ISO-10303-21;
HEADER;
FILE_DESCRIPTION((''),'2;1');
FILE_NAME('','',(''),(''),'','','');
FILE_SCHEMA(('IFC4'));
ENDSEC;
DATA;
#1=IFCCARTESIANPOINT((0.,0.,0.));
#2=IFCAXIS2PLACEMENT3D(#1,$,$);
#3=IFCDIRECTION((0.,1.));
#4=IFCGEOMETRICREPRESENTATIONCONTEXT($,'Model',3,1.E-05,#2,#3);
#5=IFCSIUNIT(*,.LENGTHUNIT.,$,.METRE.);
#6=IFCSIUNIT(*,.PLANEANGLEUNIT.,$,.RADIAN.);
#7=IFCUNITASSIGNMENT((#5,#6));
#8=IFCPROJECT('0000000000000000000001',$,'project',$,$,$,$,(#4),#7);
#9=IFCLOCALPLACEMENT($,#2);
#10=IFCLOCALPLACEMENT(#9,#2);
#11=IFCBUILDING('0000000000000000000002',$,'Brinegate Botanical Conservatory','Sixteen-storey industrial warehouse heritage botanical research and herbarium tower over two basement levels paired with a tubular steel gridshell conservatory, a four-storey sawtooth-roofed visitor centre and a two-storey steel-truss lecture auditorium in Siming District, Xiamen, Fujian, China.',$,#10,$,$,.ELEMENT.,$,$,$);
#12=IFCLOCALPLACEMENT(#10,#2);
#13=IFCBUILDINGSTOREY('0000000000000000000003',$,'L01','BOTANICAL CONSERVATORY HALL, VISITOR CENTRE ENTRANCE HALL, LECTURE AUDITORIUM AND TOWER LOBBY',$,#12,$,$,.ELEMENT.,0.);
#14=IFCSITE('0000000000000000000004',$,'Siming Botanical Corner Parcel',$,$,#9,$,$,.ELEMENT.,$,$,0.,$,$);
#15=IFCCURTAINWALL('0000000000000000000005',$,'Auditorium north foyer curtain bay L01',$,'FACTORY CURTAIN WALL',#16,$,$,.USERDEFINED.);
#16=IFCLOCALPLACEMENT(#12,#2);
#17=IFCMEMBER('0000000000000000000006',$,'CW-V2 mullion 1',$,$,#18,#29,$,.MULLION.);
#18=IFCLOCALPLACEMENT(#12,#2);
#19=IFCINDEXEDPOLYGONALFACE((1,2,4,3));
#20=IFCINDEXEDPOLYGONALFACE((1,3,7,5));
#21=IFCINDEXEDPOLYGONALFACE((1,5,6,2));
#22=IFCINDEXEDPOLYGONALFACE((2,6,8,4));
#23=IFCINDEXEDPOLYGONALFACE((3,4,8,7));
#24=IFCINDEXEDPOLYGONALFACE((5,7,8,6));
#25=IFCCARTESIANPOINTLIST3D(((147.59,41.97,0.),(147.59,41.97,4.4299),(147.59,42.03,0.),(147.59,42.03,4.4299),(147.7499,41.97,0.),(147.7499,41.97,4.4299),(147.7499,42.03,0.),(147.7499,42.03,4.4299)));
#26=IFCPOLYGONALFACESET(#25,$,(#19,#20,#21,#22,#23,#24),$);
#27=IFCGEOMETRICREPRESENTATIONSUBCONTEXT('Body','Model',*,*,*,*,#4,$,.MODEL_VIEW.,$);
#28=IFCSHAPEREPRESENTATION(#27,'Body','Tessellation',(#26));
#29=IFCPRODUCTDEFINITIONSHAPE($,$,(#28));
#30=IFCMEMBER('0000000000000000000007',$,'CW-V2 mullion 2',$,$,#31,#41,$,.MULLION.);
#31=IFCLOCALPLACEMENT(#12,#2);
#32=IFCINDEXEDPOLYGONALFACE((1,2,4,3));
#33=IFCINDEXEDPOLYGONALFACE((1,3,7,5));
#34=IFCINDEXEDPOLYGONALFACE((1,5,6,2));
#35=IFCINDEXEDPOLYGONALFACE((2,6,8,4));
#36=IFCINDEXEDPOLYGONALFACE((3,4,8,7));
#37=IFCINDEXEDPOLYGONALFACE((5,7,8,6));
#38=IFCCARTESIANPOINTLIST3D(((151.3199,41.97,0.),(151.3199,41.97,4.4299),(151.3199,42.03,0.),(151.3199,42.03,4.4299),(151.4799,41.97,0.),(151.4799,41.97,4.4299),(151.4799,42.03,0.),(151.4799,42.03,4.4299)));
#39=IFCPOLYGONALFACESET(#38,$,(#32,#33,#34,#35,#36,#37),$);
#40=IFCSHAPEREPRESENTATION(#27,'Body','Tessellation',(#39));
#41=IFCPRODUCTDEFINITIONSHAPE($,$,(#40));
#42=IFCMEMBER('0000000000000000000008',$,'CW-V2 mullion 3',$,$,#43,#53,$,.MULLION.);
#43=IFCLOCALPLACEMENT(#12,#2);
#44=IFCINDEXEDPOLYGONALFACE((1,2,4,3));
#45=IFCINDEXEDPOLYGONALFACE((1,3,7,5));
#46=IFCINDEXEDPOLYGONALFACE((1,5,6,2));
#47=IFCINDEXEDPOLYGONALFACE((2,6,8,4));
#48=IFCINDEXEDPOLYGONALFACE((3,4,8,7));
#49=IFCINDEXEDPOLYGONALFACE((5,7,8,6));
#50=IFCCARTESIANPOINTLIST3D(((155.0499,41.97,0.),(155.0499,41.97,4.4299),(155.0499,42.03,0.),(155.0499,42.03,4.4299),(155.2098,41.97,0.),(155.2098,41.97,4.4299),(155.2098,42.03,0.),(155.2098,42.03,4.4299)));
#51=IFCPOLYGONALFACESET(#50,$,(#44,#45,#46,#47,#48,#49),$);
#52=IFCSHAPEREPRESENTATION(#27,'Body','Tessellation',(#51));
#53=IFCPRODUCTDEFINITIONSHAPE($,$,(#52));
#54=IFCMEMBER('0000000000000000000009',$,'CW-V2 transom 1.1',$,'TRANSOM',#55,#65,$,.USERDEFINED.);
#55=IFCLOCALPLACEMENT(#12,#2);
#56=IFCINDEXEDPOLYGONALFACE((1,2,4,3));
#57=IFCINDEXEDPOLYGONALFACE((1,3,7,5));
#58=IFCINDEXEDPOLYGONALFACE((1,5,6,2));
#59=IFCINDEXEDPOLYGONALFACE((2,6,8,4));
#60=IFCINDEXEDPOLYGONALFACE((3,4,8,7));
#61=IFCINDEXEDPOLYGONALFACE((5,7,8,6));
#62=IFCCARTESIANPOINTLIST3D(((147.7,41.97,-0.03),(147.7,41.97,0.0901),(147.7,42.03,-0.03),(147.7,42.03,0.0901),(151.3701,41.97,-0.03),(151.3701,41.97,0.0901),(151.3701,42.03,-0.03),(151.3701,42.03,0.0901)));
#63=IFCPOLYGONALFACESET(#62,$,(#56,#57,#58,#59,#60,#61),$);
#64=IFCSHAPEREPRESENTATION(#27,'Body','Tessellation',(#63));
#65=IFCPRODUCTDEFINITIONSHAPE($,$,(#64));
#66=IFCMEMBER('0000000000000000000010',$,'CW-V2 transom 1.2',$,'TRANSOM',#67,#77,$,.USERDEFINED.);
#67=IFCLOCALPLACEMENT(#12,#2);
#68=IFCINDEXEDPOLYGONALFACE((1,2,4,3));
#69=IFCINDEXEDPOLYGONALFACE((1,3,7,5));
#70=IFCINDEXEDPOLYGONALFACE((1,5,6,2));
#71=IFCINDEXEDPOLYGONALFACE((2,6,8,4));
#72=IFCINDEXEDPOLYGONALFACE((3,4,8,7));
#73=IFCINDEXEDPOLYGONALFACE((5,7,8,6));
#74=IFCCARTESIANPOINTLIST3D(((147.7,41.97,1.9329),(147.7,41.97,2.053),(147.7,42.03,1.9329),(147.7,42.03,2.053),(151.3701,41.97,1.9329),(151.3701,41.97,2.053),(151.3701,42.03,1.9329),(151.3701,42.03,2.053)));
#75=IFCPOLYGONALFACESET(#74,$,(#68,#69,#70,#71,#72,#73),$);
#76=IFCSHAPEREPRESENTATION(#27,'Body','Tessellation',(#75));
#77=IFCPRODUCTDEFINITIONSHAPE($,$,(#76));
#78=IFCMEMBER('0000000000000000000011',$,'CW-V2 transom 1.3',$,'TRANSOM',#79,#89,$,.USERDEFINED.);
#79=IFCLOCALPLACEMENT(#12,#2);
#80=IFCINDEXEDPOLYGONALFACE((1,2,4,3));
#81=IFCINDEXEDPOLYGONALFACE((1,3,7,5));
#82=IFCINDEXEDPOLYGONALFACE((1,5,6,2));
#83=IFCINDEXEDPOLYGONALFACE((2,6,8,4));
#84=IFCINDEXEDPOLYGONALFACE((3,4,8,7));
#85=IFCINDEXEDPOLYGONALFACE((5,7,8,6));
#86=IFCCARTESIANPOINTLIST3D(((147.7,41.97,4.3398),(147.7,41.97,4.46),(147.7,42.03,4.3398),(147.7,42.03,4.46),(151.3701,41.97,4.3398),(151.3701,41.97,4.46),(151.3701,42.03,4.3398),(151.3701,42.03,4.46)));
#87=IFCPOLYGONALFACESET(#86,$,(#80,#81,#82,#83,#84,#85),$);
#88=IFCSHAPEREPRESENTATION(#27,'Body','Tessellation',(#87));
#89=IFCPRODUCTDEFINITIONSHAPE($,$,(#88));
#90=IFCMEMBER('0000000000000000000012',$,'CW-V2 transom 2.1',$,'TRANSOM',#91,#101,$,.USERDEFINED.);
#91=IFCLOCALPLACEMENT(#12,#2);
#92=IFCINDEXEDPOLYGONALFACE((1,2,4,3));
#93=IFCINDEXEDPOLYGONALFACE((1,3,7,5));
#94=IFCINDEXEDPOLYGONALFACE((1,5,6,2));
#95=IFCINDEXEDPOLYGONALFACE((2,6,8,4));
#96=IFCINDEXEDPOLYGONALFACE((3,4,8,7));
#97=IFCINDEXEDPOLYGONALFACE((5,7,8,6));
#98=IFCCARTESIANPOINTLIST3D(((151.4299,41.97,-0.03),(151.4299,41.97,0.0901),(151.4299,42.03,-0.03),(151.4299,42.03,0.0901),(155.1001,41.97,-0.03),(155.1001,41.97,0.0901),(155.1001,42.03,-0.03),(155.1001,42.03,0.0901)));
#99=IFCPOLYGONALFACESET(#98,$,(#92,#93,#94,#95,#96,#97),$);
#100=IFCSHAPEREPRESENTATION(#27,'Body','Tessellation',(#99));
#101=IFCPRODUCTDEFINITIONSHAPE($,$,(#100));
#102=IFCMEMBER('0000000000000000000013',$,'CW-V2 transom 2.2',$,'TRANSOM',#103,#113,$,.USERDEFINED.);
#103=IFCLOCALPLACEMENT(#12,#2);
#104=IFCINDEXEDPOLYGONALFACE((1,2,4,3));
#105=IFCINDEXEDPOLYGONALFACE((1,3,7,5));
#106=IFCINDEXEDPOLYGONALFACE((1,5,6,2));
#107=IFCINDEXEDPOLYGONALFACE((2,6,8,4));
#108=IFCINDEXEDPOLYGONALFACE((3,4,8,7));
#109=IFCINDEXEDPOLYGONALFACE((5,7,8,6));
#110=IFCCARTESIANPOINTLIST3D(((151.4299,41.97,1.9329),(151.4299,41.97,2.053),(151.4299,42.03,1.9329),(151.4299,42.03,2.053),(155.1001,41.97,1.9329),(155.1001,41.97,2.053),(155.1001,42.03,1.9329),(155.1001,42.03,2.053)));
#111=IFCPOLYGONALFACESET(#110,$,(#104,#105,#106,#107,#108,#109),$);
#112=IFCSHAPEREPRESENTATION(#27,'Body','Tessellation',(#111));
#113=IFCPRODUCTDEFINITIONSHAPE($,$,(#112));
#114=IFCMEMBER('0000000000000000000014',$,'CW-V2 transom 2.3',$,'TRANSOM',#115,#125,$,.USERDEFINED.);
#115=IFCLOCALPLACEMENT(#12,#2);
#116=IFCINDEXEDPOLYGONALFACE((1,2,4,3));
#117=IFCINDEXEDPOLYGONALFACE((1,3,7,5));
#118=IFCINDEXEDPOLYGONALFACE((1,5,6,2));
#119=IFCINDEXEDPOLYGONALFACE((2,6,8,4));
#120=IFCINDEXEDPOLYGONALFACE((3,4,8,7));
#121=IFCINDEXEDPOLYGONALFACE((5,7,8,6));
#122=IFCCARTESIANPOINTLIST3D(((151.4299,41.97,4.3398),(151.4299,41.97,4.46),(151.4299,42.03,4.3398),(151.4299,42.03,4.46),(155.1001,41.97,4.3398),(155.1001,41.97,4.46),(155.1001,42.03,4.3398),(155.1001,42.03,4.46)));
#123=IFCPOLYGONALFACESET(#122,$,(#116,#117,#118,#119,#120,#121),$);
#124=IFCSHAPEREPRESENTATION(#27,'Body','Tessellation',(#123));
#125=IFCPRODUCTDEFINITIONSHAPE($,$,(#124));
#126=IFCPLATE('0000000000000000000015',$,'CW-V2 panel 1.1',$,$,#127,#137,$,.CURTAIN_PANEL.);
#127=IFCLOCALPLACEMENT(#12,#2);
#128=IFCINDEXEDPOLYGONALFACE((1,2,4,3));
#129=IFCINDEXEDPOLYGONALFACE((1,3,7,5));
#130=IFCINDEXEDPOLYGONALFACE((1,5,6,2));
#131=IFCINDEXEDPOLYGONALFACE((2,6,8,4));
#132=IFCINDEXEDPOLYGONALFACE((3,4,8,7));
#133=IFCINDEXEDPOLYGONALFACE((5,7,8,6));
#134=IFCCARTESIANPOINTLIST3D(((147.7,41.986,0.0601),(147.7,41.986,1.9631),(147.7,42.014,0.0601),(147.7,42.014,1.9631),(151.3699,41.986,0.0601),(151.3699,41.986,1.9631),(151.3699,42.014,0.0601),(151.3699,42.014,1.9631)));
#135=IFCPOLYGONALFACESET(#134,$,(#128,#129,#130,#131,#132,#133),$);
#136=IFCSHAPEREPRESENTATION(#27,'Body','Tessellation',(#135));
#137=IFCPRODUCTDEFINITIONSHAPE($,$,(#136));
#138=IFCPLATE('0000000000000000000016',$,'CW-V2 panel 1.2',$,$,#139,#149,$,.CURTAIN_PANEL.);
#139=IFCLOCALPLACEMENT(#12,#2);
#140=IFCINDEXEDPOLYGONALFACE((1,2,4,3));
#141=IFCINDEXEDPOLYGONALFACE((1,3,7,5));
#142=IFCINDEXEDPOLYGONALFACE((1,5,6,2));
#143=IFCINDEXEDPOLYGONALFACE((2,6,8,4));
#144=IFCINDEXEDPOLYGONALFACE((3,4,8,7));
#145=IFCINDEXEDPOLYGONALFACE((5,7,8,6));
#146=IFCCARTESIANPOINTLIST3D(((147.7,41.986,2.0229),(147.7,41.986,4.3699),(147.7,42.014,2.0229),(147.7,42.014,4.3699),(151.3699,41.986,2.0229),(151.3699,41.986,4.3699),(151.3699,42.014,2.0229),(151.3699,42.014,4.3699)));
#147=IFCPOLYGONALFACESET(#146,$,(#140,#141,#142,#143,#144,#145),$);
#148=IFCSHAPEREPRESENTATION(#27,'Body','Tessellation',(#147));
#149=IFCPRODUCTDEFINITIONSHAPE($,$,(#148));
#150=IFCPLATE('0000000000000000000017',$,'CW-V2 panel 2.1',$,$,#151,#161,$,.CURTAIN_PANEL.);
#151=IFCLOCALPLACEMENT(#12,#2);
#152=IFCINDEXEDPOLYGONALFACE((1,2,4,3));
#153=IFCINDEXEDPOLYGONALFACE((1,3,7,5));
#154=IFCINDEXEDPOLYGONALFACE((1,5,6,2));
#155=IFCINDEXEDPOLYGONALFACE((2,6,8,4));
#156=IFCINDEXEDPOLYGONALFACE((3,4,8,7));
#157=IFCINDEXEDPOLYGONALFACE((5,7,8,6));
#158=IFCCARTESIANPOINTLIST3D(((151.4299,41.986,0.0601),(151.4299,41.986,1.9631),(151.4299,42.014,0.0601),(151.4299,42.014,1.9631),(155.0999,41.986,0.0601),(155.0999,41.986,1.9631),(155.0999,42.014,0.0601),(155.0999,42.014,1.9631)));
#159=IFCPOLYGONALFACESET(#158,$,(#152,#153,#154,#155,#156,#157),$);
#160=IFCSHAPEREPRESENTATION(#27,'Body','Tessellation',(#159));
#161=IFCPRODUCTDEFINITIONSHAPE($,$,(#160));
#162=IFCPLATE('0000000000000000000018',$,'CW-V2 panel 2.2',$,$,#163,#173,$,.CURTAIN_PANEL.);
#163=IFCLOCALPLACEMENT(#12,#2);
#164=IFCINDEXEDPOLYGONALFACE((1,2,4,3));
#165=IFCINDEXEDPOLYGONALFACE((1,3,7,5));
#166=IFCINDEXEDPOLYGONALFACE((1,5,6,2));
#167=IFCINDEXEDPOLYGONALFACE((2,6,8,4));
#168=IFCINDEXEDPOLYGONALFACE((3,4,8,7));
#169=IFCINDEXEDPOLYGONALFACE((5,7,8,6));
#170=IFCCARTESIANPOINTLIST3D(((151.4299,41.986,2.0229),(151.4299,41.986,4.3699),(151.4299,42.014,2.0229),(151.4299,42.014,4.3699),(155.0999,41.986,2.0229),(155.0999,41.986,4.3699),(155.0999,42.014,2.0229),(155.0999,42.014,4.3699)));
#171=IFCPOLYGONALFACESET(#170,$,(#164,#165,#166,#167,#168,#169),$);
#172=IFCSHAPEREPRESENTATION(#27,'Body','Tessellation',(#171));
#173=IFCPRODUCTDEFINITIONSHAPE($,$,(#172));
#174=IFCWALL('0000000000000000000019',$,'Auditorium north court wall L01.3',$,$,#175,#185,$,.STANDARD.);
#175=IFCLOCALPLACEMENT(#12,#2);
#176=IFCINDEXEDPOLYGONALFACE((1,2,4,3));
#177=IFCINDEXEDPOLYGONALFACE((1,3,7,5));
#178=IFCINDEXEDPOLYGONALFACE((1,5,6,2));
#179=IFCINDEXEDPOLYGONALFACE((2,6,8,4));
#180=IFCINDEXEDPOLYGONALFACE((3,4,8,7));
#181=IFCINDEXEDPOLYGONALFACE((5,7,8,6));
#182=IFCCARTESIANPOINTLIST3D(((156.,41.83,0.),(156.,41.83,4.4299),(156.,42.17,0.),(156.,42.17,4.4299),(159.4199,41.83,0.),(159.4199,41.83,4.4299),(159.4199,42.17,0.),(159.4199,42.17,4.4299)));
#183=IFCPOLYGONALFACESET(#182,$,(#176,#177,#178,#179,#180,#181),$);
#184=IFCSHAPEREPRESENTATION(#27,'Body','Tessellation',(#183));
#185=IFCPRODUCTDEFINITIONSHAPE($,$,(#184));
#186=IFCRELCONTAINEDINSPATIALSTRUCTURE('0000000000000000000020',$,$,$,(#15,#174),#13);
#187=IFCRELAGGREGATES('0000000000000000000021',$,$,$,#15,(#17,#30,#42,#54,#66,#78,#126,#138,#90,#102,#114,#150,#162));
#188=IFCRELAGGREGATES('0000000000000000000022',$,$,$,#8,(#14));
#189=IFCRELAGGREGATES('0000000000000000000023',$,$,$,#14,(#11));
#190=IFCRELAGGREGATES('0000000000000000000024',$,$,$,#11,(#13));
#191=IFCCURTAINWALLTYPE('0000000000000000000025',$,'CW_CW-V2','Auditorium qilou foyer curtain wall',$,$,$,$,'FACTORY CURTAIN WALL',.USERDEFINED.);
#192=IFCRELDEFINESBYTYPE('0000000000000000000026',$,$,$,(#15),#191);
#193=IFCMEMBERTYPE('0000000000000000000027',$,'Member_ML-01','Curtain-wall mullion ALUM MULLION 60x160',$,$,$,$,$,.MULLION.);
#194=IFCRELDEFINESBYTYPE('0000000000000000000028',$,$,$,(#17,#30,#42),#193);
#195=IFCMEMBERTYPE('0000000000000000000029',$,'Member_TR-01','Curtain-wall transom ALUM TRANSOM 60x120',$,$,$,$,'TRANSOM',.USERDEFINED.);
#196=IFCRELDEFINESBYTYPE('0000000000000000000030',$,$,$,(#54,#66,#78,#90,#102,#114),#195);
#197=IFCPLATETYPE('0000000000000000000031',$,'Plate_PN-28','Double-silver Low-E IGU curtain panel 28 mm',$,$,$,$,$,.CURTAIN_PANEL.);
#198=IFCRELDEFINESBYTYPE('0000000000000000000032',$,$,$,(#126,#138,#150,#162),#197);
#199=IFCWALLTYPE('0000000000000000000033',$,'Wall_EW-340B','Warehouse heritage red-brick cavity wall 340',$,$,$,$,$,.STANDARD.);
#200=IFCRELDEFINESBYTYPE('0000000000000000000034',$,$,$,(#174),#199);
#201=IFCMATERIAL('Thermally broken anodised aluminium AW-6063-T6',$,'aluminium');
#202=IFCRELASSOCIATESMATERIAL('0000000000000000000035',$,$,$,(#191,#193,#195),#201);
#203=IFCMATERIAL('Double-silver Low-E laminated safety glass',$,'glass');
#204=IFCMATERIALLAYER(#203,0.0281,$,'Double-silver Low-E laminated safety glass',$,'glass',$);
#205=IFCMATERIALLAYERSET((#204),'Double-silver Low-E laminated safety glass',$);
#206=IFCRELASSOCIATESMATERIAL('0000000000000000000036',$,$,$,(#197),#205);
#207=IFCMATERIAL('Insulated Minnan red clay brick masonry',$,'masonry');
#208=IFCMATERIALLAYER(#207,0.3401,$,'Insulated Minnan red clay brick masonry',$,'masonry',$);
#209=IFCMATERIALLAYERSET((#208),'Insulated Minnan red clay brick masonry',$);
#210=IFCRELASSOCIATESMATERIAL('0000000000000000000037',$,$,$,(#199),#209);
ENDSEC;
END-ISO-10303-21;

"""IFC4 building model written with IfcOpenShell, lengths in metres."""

from ifc_helpers import new_model, si_unit, direction, frame, frame_2d, origin, origin_2d, place, context, subcontext, project, spatial, rectangle, extrude, material, layer, layer_set, material_profile, profile_set, type_object, element, aggregate, save


model = new_model("IFC4")

# Units and contexts
model_context = context("Model", 3, precision=1e-05, world=origin(), true_north=direction((0.0, 1.0)))
body_context = subcontext(model_context, "Body", "Model", "MODEL_VIEW")
ifc_project = project(units=[si_unit("LENGTHUNIT", "METRE"), si_unit("PLANEANGLEUNIT", "RADIAN")], contexts=[model_context])

# Site, building, storey
site_placement = place(None, origin())
site = spatial("IfcSite", under=ifc_project, at=site_placement, Name="Siming Botanical Corner Parcel", CompositionType="ELEMENT", RefElevation=0.0)
building_placement = place(site_placement, origin())
building = spatial("IfcBuilding", under=site, at=building_placement, Name="Brinegate Botanical Conservatory", Description="Sixteen-storey industrial warehouse heritage botanical research and herbarium tower over two basement levels paired with a tubular steel gridshell conservatory, a four-storey sawtooth-roofed visitor centre and a two-storey steel-truss lecture auditorium in Siming District, Xiamen, Fujian, China.", CompositionType="ELEMENT")
storey_placement = place(building_placement, origin())
storey = spatial("IfcBuildingStorey", under=building, at=storey_placement, Name="L01", Description="BOTANICAL CONSERVATORY HALL, VISITOR CENTRE ENTRANCE HALL, LECTURE AUDITORIUM AND TOWER LOBBY", CompositionType="ELEMENT", Elevation=0.0)

# Curtain wall, members, plates
ifc_material_1 = material(Name="Thermally broken anodised aluminium AW-6063-T6", Category="aluminium")
curtain_wall_type = type_object("IfcCurtainWallType", Name="CW_CW-V2", Description="Auditorium qilou foyer curtain wall", ElementType="FACTORY CURTAIN WALL", PredefinedType="USERDEFINED", material=ifc_material_1)
curtain_wall_placement = place(storey_placement, origin())
curtain_wall = element("IfcCurtainWall", 1, at=curtain_wall_placement, inside=storey, type_object=curtain_wall_type, Name="Auditorium north foyer curtain bay L01", ObjectType="FACTORY CURTAIN WALL", PredefinedType="USERDEFINED")
ifc_material_profile_1 = material_profile(ifc_material_1, rectangle(XDim=0.0601, YDim=0.1599, at=origin_2d()), Name="ALUM MULLION 60x160")
ifc_profile_set_1 = profile_set([ifc_material_profile_1], Name="Thermally broken anodised aluminium AW-6063-T6")
member_type_1 = type_object("IfcMemberType", Name="Member_ML-01", Description="Curtain-wall mullion ALUM MULLION 60x160", PredefinedType="MULLION", material=ifc_profile_set_1)
member_1_placement = place(storey_placement, frame((147.6699, 42.0, 0.0), z_axis=(0.0, 0.0, 1.0), x_axis=(0.0, 1.0, 0.0)))
member_1 = element("IfcMember", 2, at=member_1_placement, type_object=member_type_1, Name="CW-V2 mullion 1", PredefinedType="MULLION", context=body_context, shape_type="SweptSolid", body=[
    extrude(rectangle(XDim=0.0601, YDim=0.1599, at=origin_2d()), origin(), (0.0, 0.0, 1.0), 4.4299),
])
member_2_placement = place(storey_placement, frame((151.3999, 42.0, 0.0), z_axis=(0.0, 0.0, 1.0), x_axis=(0.0, 1.0, 0.0)))
member_2 = element("IfcMember", 3, at=member_2_placement, type_object=member_type_1, Name="CW-V2 mullion 2", PredefinedType="MULLION", context=body_context, shape_type="SweptSolid", body=[
    extrude(rectangle(XDim=0.0601, YDim=0.1599, at=origin_2d()), origin(), (0.0, 0.0, 1.0), 4.4299),
])
member_3_placement = place(storey_placement, frame((155.1299, 42.0, 0.0), z_axis=(0.0, 0.0, 1.0), x_axis=(0.0, 1.0, 0.0)))
member_3 = element("IfcMember", 4, at=member_3_placement, type_object=member_type_1, Name="CW-V2 mullion 3", PredefinedType="MULLION", context=body_context, shape_type="SweptSolid", body=[
    extrude(rectangle(XDim=0.0601, YDim=0.1599, at=origin_2d()), origin(), (0.0, 0.0, 1.0), 4.4299),
])
ifc_material_profile_2 = material_profile(ifc_material_1, rectangle(XDim=0.0601, YDim=0.1201, at=origin_2d()), Name="ALUM TRANSOM 60x120")
ifc_profile_set_2 = profile_set([ifc_material_profile_2], Name="Thermally broken anodised aluminium AW-6063-T6")
member_type_2 = type_object("IfcMemberType", Name="Member_TR-01", Description="Curtain-wall transom ALUM TRANSOM 60x120", ElementType="TRANSOM", PredefinedType="USERDEFINED", material=ifc_profile_set_2)
member_4_placement = place(storey_placement, frame((147.7, 42.0, 0.03), z_axis=(1.0, 0.0, 0.0), x_axis=(0.0, 1.0, 0.0)))
member_4 = element("IfcMember", 5, at=member_4_placement, type_object=member_type_2, Name="CW-V2 transom 1.1", ObjectType="TRANSOM", PredefinedType="USERDEFINED", context=body_context, shape_type="SweptSolid", body=[
    extrude(rectangle(XDim=0.0601, YDim=0.1201, at=origin_2d()), origin(), (0.0, 0.0, 1.0), 3.6702),
])
member_5_placement = place(storey_placement, frame((147.7, 42.0, 1.9929), z_axis=(1.0, 0.0, 0.0), x_axis=(0.0, 1.0, 0.0)))
member_5 = element("IfcMember", 6, at=member_5_placement, type_object=member_type_2, Name="CW-V2 transom 1.2", ObjectType="TRANSOM", PredefinedType="USERDEFINED", context=body_context, shape_type="SweptSolid", body=[
    extrude(rectangle(XDim=0.0601, YDim=0.1201, at=origin_2d()), origin(), (0.0, 0.0, 1.0), 3.6702),
])
member_6_placement = place(storey_placement, frame((147.7, 42.0, 4.3999), z_axis=(1.0, 0.0, 0.0), x_axis=(0.0, 1.0, 0.0)))
member_6 = element("IfcMember", 7, at=member_6_placement, type_object=member_type_2, Name="CW-V2 transom 1.3", ObjectType="TRANSOM", PredefinedType="USERDEFINED", context=body_context, shape_type="SweptSolid", body=[
    extrude(rectangle(XDim=0.0601, YDim=0.1201, at=origin_2d()), origin(), (0.0, 0.0, 1.0), 3.6702),
])
member_7_placement = place(storey_placement, frame((151.4299, 42.0, 0.03), z_axis=(1.0, 0.0, 0.0), x_axis=(0.0, 1.0, 0.0)))
member_7 = element("IfcMember", 8, at=member_7_placement, type_object=member_type_2, Name="CW-V2 transom 2.1", ObjectType="TRANSOM", PredefinedType="USERDEFINED", context=body_context, shape_type="SweptSolid", body=[
    extrude(rectangle(XDim=0.0601, YDim=0.1201, at=origin_2d()), origin(), (0.0, 0.0, 1.0), 3.6702),
])
member_8_placement = place(storey_placement, frame((151.4299, 42.0, 1.9929), z_axis=(1.0, 0.0, 0.0), x_axis=(0.0, 1.0, 0.0)))
member_8 = element("IfcMember", 9, at=member_8_placement, type_object=member_type_2, Name="CW-V2 transom 2.2", ObjectType="TRANSOM", PredefinedType="USERDEFINED", context=body_context, shape_type="SweptSolid", body=[
    extrude(rectangle(XDim=0.0601, YDim=0.1201, at=origin_2d()), origin(), (0.0, 0.0, 1.0), 3.6702),
])
member_9_placement = place(storey_placement, frame((151.4299, 42.0, 4.3999), z_axis=(1.0, 0.0, 0.0), x_axis=(0.0, 1.0, 0.0)))
member_9 = element("IfcMember", 10, at=member_9_placement, type_object=member_type_2, Name="CW-V2 transom 2.3", ObjectType="TRANSOM", PredefinedType="USERDEFINED", context=body_context, shape_type="SweptSolid", body=[
    extrude(rectangle(XDim=0.0601, YDim=0.1201, at=origin_2d()), origin(), (0.0, 0.0, 1.0), 3.6702),
])
ifc_material_2 = material(Name="Double-silver Low-E laminated safety glass", Category="glass")
ifc_layer_1 = layer(ifc_material_2, 0.0281, Name="Double-silver Low-E laminated safety glass", Category="glass")
ifc_layer_set_1 = layer_set([ifc_layer_1], Name="Double-silver Low-E laminated safety glass")
plate_type = type_object("IfcPlateType", Name="Plate_PN-28", Description="Double-silver Low-E IGU curtain panel 28 mm", PredefinedType="CURTAIN_PANEL", material=ifc_layer_set_1)
plate_1_placement = place(storey_placement, frame((149.5349, 42.0, 0.0601), z_axis=(0.0, 0.0, 1.0), x_axis=(1.0, 0.0, 0.0)))
plate_1 = element("IfcPlate", 11, at=plate_1_placement, type_object=plate_type, Name="CW-V2 panel 1.1", PredefinedType="CURTAIN_PANEL", context=body_context, shape_type="SweptSolid", body=[
    extrude(rectangle(XDim=3.6699, YDim=0.0281, at=origin_2d()), origin(), (0.0, 0.0, 1.0), 1.9031),
])
plate_2_placement = place(storey_placement, frame((149.5349, 42.0, 2.0229), z_axis=(0.0, 0.0, 1.0), x_axis=(1.0, 0.0, 0.0)))
plate_2 = element("IfcPlate", 12, at=plate_2_placement, type_object=plate_type, Name="CW-V2 panel 1.2", PredefinedType="CURTAIN_PANEL", context=body_context, shape_type="SweptSolid", body=[
    extrude(rectangle(XDim=3.6699, YDim=0.0281, at=origin_2d()), origin(), (0.0, 0.0, 1.0), 2.3469),
])
plate_3_placement = place(storey_placement, frame((153.2649, 42.0, 0.0601), z_axis=(0.0, 0.0, 1.0), x_axis=(1.0, 0.0, 0.0)))
plate_3 = element("IfcPlate", 13, at=plate_3_placement, type_object=plate_type, Name="CW-V2 panel 2.1", PredefinedType="CURTAIN_PANEL", context=body_context, shape_type="SweptSolid", body=[
    extrude(rectangle(XDim=3.6699, YDim=0.0281, at=origin_2d()), origin(), (0.0, 0.0, 1.0), 1.9031),
])
plate_4_placement = place(storey_placement, frame((153.2649, 42.0, 2.0229), z_axis=(0.0, 0.0, 1.0), x_axis=(1.0, 0.0, 0.0)))
plate_4 = element("IfcPlate", 14, at=plate_4_placement, type_object=plate_type, Name="CW-V2 panel 2.2", PredefinedType="CURTAIN_PANEL", context=body_context, shape_type="SweptSolid", body=[
    extrude(rectangle(XDim=3.6699, YDim=0.0281, at=origin_2d()), origin(), (0.0, 0.0, 1.0), 2.3469),
])
aggregate(curtain_wall, [member_1, member_2, member_3, member_4, member_5, member_6, plate_1, plate_2, member_7, member_8, member_9, plate_3, plate_4])

# Wall
ifc_material_3 = material(Name="Insulated Minnan red clay brick masonry", Category="masonry")
ifc_layer_2 = layer(ifc_material_3, 0.3401, Name="Insulated Minnan red clay brick masonry", Category="masonry")
ifc_layer_set_2 = layer_set([ifc_layer_2], Name="Insulated Minnan red clay brick masonry")
wall_type_1 = type_object("IfcWallType", Name="Wall_EW-340B", Description="Warehouse heritage red-brick cavity wall 340", PredefinedType="STANDARD", material=ifc_layer_set_2)
wall_1_placement = place(storey_placement, frame((156.0, 42.0, 0.0), z_axis=(0.0, 0.0, 1.0), x_axis=(1.0, 0.0, 0.0)))
element("IfcWall", 15, at=wall_1_placement, inside=storey, type_object=wall_type_1, Name="Auditorium north court wall L01.3", PredefinedType="STANDARD", context=body_context, shape_type="SweptSolid", body=[
    extrude(rectangle(XDim=3.4199, YDim=0.3401, at=frame_2d((1.71, 0.0))), origin(), (0.0, 0.0, 1.0), 4.4299),
])

save(model, "model.ifc")
